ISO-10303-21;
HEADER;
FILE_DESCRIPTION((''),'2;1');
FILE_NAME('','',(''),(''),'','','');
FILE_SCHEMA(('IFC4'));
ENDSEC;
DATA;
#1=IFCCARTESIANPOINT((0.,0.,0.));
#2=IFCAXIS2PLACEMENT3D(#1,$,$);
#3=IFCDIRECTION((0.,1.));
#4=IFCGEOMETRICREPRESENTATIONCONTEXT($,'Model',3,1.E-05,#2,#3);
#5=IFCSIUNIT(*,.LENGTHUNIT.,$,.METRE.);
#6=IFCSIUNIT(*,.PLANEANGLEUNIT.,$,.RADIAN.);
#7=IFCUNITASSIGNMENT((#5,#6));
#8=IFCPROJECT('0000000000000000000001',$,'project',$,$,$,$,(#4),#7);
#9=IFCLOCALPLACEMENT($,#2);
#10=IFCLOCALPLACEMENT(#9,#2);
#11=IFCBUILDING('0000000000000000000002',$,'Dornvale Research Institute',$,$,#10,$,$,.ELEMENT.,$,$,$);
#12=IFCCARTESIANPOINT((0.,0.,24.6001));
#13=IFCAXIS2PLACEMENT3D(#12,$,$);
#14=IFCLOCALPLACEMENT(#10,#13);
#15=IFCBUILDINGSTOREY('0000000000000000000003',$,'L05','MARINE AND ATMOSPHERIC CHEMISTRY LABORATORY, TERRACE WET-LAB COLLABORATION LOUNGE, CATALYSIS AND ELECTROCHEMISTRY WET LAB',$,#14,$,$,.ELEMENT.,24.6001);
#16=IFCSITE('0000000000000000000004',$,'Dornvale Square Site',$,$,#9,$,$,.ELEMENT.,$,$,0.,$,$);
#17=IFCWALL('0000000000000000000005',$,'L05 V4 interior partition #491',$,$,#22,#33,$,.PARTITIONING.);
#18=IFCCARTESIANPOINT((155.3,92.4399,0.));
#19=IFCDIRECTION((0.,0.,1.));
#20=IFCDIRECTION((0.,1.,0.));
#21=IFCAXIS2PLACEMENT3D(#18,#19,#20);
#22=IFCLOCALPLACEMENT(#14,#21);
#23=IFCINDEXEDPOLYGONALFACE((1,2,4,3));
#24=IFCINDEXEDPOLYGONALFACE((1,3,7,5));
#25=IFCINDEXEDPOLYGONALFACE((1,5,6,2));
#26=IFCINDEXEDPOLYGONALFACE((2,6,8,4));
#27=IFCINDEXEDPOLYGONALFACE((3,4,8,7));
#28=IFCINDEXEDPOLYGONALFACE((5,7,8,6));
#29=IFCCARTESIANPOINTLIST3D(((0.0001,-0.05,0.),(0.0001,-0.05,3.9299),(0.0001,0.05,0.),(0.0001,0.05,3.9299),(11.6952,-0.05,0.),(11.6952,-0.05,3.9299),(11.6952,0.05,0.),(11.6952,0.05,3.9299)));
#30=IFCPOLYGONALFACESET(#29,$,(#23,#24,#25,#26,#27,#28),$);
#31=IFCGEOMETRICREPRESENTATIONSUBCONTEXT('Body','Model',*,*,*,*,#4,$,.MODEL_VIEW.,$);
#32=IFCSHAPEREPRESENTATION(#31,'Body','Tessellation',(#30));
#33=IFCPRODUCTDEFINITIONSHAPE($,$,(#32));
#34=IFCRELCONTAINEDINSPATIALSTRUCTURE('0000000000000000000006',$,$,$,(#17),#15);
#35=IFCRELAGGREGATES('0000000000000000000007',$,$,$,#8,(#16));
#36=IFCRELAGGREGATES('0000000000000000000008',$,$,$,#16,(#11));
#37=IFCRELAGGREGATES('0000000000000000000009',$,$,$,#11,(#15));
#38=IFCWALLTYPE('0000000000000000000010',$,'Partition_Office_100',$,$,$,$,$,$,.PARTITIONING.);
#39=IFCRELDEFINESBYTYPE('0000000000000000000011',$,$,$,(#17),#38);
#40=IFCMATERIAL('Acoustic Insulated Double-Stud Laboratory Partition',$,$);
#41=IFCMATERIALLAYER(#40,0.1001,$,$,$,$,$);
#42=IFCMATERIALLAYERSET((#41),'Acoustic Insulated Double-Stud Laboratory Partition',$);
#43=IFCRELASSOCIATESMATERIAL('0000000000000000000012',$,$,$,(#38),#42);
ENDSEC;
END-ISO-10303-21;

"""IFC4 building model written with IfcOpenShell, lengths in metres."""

from ifc_helpers import new_model, si_unit, direction, frame, frame_2d, origin, place, context, subcontext, project, spatial, rectangle, extrude, material, layer, layer_set, type_object, element, save


model = new_model("IFC4")

# Units and contexts
model_context = context("Model", 3, precision=1e-05, world=origin(), true_north=direction((0.0, 1.0)))
body_context = subcontext(model_context, "Body", "Model", "MODEL_VIEW")
ifc_project = project(units=[si_unit("LENGTHUNIT", "METRE"), si_unit("PLANEANGLEUNIT", "RADIAN")], contexts=[model_context])

# Site, building, storey
site_placement = place(None, origin())
site = spatial("IfcSite", under=ifc_project, at=site_placement, Name="Dornvale Square Site", CompositionType="ELEMENT", RefElevation=0.0)
building_placement = place(site_placement, origin())
building = spatial("IfcBuilding", under=site, at=building_placement, Name="Dornvale Research Institute", CompositionType="ELEMENT")
storey_placement = place(building_placement, frame((0.0, 0.0, 24.6001)))
storey = spatial("IfcBuildingStorey", under=building, at=storey_placement, Name="L05", Description="MARINE AND ATMOSPHERIC CHEMISTRY LABORATORY, TERRACE WET-LAB COLLABORATION LOUNGE, CATALYSIS AND ELECTROCHEMISTRY WET LAB", CompositionType="ELEMENT", Elevation=24.6001)

# Wall
ifc_material_1 = material(Name="Acoustic Insulated Double-Stud Laboratory Partition")
ifc_layer_1 = layer(ifc_material_1, 0.1001)
ifc_layer_set_1 = layer_set([ifc_layer_1], Name="Acoustic Insulated Double-Stud Laboratory Partition")
wall_type_1 = type_object("IfcWallType", Name="Partition_Office_100", PredefinedType="PARTITIONING", material=ifc_layer_set_1)
wall_1_placement = place(storey_placement, frame((155.3, 92.4399, 0.0), z_axis=(0.0, 0.0, 1.0), x_axis=(0.0, 1.0, 0.0)))
element("IfcWall", 1, at=wall_1_placement, inside=storey, type_object=wall_type_1, Name="L05 V4 interior partition #491", PredefinedType="PARTITIONING", context=body_context, shape_type="SweptSolid", body=[
    extrude(rectangle(XDim=11.6951, YDim=0.1001, at=frame_2d((5.8477, 0.0))), origin(), (0.0, 0.0, 1.0), 3.9299),
])

save(model, "model.ifc")
